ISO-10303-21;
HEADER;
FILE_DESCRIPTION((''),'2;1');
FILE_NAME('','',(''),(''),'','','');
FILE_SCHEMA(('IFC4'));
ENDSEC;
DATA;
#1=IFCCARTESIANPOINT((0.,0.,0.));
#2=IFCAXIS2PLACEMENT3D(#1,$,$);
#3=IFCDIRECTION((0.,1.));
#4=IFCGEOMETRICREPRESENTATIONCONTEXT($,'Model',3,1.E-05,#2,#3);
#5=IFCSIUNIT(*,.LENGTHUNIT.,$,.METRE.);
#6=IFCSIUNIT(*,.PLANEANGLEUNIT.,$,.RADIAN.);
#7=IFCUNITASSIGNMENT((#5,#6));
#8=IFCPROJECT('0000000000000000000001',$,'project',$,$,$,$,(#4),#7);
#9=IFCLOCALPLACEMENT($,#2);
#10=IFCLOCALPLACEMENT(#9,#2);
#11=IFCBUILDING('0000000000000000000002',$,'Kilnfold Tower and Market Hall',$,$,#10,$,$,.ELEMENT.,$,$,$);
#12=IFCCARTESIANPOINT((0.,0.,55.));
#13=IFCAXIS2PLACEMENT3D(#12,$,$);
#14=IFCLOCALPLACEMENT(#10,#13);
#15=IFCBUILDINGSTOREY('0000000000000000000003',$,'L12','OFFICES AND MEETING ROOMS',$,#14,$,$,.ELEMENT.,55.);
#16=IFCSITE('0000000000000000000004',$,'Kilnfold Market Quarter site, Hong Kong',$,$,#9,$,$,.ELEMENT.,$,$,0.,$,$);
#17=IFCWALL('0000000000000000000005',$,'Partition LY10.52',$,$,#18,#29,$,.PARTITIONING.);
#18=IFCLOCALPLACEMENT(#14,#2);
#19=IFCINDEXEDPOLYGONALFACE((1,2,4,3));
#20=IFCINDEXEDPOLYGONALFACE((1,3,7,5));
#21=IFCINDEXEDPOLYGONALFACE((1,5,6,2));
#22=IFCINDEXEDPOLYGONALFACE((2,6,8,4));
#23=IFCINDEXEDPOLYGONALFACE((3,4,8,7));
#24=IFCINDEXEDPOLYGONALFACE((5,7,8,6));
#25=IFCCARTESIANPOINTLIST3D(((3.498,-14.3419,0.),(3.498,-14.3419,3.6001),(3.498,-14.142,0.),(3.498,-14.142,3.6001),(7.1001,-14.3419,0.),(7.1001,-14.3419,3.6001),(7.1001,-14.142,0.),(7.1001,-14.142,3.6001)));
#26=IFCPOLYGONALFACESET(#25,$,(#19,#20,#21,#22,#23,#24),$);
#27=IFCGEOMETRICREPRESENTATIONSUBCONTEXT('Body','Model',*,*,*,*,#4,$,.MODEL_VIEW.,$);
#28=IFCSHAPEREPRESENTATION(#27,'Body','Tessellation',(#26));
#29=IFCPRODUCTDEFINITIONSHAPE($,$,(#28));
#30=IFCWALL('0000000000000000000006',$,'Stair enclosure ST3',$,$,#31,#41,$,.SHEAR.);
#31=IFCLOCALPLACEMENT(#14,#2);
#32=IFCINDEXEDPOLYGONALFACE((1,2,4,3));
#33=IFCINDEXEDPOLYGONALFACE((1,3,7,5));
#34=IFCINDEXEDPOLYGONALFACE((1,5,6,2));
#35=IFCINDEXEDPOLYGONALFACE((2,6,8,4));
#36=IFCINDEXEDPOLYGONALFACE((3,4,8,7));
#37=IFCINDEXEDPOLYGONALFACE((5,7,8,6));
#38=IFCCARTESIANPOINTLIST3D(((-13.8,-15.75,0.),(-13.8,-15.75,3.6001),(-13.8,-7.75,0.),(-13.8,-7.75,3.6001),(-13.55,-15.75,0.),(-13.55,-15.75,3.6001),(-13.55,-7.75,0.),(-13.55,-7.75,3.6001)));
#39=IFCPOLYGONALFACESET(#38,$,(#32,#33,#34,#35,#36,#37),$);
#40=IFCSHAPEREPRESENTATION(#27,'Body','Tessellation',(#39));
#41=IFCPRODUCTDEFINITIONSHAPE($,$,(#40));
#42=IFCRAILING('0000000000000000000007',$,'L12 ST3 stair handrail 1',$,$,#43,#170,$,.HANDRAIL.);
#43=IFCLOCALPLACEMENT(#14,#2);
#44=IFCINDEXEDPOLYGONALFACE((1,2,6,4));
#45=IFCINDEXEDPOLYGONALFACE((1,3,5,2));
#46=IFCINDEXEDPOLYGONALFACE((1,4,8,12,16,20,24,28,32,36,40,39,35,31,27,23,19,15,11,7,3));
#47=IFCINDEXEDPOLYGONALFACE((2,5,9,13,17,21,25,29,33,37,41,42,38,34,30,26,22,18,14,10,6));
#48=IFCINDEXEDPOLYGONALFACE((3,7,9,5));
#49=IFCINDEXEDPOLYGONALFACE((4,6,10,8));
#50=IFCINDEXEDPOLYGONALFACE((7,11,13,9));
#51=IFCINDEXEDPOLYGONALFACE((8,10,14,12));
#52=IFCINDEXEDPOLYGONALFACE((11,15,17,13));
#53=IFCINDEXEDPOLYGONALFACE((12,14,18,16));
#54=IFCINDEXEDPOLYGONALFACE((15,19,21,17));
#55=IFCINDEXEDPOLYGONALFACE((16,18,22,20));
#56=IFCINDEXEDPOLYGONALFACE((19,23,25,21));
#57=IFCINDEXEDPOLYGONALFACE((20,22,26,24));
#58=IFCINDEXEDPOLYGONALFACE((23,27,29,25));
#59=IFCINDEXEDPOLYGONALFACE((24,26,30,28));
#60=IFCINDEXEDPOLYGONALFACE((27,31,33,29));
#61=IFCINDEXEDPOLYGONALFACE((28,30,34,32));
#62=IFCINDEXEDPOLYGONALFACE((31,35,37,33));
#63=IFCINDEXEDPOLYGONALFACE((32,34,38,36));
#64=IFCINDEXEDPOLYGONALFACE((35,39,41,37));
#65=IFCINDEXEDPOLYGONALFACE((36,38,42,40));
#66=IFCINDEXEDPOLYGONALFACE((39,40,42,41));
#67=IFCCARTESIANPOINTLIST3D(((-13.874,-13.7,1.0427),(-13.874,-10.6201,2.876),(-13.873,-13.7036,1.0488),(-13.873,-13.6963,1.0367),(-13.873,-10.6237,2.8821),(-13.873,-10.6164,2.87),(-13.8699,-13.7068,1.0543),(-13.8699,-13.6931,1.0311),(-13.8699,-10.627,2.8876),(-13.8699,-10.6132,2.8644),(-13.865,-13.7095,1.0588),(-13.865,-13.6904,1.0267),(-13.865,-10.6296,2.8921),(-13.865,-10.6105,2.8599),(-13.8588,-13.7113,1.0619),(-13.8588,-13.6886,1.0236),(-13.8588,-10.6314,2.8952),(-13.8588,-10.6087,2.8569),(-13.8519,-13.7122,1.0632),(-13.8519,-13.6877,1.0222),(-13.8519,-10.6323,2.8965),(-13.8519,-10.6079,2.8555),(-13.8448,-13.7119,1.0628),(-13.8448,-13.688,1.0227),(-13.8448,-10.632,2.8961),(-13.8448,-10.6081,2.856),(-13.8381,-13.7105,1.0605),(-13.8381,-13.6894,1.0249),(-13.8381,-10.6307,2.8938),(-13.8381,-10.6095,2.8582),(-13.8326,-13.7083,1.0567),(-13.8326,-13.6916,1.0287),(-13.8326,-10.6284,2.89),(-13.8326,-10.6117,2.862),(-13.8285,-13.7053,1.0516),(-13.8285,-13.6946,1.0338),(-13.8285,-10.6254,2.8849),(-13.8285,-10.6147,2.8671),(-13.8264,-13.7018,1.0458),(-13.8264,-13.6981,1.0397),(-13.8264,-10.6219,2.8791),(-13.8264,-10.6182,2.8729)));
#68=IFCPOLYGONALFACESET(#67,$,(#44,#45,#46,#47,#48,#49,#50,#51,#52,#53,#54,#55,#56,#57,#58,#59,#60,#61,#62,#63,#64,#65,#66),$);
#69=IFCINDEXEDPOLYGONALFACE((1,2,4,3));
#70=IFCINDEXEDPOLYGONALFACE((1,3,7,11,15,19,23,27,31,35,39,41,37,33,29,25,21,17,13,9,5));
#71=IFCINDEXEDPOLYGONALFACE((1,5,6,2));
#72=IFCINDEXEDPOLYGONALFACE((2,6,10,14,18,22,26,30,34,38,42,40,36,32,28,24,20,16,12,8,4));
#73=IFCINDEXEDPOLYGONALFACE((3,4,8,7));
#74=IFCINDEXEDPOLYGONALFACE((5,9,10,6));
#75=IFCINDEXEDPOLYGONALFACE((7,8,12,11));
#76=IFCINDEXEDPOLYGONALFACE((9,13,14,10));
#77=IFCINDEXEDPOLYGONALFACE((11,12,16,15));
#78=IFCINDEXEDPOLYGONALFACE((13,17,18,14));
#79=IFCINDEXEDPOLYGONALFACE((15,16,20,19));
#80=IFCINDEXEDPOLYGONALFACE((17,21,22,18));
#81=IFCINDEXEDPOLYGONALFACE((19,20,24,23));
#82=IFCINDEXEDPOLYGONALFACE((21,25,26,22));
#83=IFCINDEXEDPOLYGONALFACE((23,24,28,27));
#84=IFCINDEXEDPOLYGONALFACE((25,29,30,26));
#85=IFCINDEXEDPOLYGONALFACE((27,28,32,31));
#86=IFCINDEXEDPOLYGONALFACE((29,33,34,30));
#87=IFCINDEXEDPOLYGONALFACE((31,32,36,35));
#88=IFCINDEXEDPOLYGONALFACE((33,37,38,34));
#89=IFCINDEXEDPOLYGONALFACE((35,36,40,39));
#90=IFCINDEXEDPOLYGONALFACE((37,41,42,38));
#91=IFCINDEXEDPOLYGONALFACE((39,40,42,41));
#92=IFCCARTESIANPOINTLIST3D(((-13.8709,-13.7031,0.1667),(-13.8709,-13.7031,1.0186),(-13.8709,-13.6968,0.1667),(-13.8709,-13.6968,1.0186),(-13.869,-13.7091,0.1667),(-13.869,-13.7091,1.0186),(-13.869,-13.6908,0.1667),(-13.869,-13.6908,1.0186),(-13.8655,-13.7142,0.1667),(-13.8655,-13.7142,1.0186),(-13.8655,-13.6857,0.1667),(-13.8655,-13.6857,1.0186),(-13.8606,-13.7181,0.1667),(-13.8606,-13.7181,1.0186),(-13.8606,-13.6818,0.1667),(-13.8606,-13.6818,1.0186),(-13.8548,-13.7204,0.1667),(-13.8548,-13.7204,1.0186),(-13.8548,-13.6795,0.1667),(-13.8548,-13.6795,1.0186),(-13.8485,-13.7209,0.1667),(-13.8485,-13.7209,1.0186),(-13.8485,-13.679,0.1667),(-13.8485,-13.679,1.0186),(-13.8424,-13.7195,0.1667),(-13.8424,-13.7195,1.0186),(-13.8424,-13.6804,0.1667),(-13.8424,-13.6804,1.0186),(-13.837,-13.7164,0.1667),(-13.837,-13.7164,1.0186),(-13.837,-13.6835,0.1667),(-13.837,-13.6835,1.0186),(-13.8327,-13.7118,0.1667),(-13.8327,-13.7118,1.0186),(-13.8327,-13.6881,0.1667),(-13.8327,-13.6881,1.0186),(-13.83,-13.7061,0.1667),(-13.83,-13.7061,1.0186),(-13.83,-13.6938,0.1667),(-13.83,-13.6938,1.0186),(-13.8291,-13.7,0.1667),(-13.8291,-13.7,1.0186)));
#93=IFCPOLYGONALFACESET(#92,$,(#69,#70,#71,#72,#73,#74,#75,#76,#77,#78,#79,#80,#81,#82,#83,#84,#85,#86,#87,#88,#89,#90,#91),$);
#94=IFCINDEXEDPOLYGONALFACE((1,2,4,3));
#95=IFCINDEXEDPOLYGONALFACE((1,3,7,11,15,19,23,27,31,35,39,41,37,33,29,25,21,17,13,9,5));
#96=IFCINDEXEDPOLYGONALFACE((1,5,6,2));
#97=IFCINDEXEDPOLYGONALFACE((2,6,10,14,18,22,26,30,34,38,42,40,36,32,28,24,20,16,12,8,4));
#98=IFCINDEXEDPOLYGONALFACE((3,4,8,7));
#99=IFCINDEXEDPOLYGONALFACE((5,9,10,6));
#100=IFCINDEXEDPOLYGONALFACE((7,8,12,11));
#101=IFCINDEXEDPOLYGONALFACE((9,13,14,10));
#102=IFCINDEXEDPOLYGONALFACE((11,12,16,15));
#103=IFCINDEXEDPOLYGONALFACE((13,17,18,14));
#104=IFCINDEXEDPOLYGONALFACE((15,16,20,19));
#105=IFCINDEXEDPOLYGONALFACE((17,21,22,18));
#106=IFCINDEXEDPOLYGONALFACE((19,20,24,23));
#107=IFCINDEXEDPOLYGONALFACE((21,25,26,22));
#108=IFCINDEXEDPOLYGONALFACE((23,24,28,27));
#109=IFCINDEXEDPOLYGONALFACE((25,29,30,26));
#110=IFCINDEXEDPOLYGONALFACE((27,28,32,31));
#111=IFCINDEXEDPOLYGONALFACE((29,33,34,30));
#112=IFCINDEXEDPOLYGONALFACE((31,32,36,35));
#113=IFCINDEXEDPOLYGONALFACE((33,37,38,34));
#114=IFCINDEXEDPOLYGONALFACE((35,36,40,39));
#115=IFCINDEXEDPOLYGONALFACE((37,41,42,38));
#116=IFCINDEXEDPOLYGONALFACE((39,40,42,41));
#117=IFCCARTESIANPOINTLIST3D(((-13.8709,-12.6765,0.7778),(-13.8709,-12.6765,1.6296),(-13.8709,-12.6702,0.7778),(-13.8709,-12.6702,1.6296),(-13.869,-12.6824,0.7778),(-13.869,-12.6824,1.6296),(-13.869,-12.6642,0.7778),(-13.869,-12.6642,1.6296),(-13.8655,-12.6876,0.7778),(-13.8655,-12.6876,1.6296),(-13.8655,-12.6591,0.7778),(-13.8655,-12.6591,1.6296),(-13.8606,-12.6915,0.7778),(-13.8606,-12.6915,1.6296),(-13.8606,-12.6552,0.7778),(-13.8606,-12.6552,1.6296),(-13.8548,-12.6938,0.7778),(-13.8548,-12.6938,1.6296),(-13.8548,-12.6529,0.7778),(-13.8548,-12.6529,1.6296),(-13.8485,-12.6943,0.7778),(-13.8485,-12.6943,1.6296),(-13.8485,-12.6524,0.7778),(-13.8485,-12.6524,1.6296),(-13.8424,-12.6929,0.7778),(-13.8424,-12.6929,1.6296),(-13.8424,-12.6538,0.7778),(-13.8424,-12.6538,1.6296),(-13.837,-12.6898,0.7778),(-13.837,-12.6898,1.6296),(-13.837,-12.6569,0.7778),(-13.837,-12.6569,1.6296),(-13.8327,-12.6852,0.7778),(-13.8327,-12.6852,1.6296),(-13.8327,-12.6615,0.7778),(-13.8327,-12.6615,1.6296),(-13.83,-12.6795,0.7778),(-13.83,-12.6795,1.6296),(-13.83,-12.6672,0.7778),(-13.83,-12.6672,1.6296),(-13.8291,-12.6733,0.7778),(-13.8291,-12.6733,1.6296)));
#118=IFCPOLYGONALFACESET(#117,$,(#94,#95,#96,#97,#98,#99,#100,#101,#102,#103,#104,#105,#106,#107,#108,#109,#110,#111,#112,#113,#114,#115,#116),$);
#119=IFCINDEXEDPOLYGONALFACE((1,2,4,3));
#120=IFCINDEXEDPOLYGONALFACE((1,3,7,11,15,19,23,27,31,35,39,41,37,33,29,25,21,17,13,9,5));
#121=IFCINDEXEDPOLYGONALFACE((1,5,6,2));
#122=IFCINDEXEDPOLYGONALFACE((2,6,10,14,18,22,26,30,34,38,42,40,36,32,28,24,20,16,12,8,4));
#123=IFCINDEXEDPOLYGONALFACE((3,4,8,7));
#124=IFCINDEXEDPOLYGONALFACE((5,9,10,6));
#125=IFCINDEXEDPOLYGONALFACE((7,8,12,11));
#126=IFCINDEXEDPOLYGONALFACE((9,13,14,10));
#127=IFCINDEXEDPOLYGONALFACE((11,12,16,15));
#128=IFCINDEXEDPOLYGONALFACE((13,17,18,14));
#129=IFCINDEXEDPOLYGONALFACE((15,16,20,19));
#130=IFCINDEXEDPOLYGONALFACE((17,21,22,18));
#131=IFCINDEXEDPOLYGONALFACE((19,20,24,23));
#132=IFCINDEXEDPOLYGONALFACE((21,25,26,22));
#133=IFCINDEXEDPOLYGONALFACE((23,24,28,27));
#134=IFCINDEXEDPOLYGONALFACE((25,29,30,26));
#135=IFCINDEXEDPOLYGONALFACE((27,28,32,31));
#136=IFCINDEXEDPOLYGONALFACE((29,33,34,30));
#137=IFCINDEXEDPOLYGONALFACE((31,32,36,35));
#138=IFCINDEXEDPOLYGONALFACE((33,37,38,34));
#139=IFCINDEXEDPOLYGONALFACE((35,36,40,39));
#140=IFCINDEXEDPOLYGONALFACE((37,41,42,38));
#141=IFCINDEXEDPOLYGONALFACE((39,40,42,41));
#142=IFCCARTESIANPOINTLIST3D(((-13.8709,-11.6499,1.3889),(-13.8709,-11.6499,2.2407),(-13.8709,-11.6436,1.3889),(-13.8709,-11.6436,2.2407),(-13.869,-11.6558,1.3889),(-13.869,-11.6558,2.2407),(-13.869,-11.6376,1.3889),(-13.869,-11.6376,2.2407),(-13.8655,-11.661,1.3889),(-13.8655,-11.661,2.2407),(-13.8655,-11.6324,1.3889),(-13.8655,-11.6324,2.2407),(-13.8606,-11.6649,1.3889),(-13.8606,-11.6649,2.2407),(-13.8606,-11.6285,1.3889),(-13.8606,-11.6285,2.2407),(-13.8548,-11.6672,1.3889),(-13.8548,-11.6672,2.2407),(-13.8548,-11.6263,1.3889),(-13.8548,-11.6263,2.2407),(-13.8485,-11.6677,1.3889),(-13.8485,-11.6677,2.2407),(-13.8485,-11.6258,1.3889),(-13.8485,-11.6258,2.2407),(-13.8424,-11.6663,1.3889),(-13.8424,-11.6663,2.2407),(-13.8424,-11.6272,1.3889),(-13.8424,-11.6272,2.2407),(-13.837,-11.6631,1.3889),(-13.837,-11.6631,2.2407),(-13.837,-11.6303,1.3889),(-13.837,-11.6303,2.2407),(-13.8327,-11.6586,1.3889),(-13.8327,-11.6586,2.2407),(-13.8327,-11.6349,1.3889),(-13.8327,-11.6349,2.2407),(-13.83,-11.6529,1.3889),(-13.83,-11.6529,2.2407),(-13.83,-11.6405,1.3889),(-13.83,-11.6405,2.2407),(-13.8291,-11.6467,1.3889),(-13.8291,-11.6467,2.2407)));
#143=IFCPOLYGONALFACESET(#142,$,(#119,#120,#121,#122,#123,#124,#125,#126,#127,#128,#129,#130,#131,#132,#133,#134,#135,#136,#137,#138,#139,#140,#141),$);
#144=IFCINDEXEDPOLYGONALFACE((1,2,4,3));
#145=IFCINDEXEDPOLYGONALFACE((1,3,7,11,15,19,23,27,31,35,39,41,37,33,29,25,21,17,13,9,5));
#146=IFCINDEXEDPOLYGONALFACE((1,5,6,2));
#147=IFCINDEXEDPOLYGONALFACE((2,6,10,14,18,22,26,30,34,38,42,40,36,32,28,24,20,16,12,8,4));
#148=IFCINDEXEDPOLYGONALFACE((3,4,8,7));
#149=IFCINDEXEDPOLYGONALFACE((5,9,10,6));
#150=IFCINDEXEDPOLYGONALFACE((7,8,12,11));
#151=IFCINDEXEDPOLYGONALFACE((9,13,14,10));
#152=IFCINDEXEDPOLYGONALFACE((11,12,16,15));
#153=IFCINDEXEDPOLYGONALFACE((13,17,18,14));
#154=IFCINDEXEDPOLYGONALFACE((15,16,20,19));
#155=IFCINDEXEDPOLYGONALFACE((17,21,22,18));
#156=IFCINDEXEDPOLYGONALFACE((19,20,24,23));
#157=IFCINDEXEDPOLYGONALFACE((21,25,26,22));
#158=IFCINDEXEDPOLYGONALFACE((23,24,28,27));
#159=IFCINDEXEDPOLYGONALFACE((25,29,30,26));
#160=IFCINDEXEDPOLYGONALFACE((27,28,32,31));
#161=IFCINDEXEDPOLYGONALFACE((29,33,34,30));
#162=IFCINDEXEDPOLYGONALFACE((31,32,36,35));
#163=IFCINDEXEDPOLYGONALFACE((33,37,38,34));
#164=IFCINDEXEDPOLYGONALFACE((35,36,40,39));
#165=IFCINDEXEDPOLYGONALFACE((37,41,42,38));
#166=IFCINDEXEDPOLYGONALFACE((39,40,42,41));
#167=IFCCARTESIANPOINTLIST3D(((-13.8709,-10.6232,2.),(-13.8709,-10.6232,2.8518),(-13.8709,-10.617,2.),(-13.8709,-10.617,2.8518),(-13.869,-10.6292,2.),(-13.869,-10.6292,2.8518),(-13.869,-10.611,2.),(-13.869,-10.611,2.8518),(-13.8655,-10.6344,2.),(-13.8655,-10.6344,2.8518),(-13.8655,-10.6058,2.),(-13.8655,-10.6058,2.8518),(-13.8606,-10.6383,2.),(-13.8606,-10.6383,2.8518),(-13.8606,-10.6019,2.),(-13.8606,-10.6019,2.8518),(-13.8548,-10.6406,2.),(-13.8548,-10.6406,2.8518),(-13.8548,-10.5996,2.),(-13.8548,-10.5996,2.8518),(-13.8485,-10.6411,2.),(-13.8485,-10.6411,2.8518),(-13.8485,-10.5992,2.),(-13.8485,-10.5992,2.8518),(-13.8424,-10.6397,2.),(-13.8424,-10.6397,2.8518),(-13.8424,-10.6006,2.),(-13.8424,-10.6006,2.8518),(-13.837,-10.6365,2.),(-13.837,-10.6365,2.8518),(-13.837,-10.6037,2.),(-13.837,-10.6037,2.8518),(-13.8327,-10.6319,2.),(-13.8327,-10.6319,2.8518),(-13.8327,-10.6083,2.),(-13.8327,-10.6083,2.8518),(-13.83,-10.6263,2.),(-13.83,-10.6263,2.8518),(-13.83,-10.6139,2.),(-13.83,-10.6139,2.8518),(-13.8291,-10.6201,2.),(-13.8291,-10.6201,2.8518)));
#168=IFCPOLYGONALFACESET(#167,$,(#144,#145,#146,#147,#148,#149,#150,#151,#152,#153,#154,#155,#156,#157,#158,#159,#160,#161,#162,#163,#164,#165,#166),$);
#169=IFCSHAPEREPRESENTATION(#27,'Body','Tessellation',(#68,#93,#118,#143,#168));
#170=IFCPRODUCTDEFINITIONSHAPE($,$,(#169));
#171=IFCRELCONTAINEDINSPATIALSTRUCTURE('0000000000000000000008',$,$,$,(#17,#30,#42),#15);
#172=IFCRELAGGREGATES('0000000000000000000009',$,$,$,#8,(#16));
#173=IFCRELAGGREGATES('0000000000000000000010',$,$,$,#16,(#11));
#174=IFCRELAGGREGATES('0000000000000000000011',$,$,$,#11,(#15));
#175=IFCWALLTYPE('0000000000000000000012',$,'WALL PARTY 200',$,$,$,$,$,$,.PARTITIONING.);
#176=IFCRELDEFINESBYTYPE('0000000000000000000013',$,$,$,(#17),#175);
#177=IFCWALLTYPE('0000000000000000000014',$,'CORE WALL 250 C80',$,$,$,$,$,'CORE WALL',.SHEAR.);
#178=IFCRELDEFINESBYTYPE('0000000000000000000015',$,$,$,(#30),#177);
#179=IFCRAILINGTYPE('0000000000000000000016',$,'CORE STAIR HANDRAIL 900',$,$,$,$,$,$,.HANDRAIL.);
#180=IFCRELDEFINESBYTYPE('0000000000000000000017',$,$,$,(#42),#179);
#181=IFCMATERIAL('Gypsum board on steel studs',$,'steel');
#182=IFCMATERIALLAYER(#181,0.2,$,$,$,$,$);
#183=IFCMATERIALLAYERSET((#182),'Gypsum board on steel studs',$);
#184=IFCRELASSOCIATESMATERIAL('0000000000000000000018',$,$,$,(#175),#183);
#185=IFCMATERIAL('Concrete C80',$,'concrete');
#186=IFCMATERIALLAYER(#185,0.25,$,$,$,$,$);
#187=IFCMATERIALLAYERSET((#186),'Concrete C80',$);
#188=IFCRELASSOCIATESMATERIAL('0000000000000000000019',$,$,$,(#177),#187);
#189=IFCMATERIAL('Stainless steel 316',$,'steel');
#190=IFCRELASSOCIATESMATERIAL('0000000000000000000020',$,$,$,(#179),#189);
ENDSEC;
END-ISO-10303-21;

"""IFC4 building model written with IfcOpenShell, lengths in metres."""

from ifc_helpers import new_model, si_unit, direction, frame, frame_2d, origin, origin_2d, place, context, subcontext, project, spatial, rectangle, circle, extrude, source, transform, mapped, material, layer, layer_set, type_object, element, save


model = new_model("IFC4")

# Units and contexts
model_context = context("Model", 3, precision=1e-05, world=origin(), true_north=direction((0.0, 1.0)))
body_context = subcontext(model_context, "Body", "Model", "MODEL_VIEW")
ifc_project = project(units=[si_unit("LENGTHUNIT", "METRE"), si_unit("PLANEANGLEUNIT", "RADIAN")], contexts=[model_context])

# Site, building, storey
site_placement = place(None, origin())
site = spatial("IfcSite", under=ifc_project, at=site_placement, Name="Kilnfold Market Quarter site, Hong Kong", CompositionType="ELEMENT", RefElevation=0.0)
building_placement = place(site_placement, origin())
building = spatial("IfcBuilding", under=site, at=building_placement, Name="Kilnfold Tower and Market Hall", CompositionType="ELEMENT")
storey_placement = place(building_placement, frame((0.0, 0.0, 55.0)))
storey = spatial("IfcBuildingStorey", under=building, at=storey_placement, Name="L12", Description="OFFICES AND MEETING ROOMS", CompositionType="ELEMENT", Elevation=55.0)

# Walls
ifc_material_1 = material(Name="Gypsum board on steel studs", Category="steel")
ifc_layer_1 = layer(ifc_material_1, 0.2)
ifc_layer_set_1 = layer_set([ifc_layer_1], Name="Gypsum board on steel studs")
wall_type_1 = type_object("IfcWallType", Name="WALL PARTY 200", PredefinedType="PARTITIONING", material=ifc_layer_set_1)
wall_1_placement = place(storey_placement, frame((3.498, -14.2419, 0.0), z_axis=(0.0, 0.0, 1.0), x_axis=(1.0, 0.0, 0.0)))
element("IfcWall", 1, at=wall_1_placement, inside=storey, type_object=wall_type_1, Name="Partition LY10.52", PredefinedType="PARTITIONING", context=body_context, shape_type="SweptSolid", body=[
    extrude(rectangle(XDim=3.6021, YDim=0.2, at=frame_2d((1.801, 0.0))), origin(), (0.0, 0.0, 1.0), 3.6001),
])
ifc_material_2 = material(Name="Concrete C80", Category="concrete")
ifc_layer_2 = layer(ifc_material_2, 0.25)
ifc_layer_set_2 = layer_set([ifc_layer_2], Name="Concrete C80")
wall_type_2 = type_object("IfcWallType", Name="CORE WALL 250 C80", ElementType="CORE WALL", PredefinedType="SHEAR", material=ifc_layer_set_2)
shared_shape_1 = source(origin(), body_context, "Body", "SweptSolid", [
    extrude(rectangle(XDim=8.0, YDim=0.25, at=frame_2d((4.0, 0.0))), origin(), (0.0, 0.0, 1.0), 3.6001),
])
wall_2_placement = place(storey_placement, frame((-13.675, -15.75, 0.0), z_axis=(0.0, 0.0, 1.0), x_axis=(0.0, 1.0, 0.0)))
element("IfcWall", 2, at=wall_2_placement, inside=storey, type_object=wall_type_2, Name="Stair enclosure ST3", PredefinedType="SHEAR", context=body_context, shape_type="MappedRepresentation", body=[
    mapped(shared_shape_1, transform((0.0, 0.0, 0.0))),
])

# Railing
ifc_material_3 = material(Name="Stainless steel 316", Category="steel")
railing_type = type_object("IfcRailingType", Name="CORE STAIR HANDRAIL 900", PredefinedType="HANDRAIL", material=ifc_material_3)
railing_placement = place(storey_placement, frame((-13.8501, -13.7, 0.1667)))
element("IfcRailing", 3, at=railing_placement, inside=storey, type_object=railing_type, Name="L12 ST3 stair handrail 1", PredefinedType="HANDRAIL", context=body_context, shape_type="SweptSolid", body=[
    extrude(circle(Radius=0.0239, at=origin_2d()), frame((0.0, 0.0, 0.876), z_axis=(0.0, 0.859291, 0.511487), x_axis=(-1.0, 0.0, 0.0)), (0.0, 0.0, 1.0), 3.5842),
    extrude(circle(Radius=0.021, at=origin_2d()), origin(), (0.0, 0.0, 1.0), 0.8518),
    extrude(circle(Radius=0.021, at=origin_2d()), frame((0.0, 1.0266, 0.6111)), (0.0, 0.0, 1.0), 0.8518),
    extrude(circle(Radius=0.021, at=origin_2d()), frame((0.0, 2.0532, 1.2222)), (0.0, 0.0, 1.0), 0.8518),
    extrude(circle(Radius=0.021, at=origin_2d()), frame((0.0, 3.0798, 1.8333)), (0.0, 0.0, 1.0), 0.8518),
])

save(model, "model.ifc")
